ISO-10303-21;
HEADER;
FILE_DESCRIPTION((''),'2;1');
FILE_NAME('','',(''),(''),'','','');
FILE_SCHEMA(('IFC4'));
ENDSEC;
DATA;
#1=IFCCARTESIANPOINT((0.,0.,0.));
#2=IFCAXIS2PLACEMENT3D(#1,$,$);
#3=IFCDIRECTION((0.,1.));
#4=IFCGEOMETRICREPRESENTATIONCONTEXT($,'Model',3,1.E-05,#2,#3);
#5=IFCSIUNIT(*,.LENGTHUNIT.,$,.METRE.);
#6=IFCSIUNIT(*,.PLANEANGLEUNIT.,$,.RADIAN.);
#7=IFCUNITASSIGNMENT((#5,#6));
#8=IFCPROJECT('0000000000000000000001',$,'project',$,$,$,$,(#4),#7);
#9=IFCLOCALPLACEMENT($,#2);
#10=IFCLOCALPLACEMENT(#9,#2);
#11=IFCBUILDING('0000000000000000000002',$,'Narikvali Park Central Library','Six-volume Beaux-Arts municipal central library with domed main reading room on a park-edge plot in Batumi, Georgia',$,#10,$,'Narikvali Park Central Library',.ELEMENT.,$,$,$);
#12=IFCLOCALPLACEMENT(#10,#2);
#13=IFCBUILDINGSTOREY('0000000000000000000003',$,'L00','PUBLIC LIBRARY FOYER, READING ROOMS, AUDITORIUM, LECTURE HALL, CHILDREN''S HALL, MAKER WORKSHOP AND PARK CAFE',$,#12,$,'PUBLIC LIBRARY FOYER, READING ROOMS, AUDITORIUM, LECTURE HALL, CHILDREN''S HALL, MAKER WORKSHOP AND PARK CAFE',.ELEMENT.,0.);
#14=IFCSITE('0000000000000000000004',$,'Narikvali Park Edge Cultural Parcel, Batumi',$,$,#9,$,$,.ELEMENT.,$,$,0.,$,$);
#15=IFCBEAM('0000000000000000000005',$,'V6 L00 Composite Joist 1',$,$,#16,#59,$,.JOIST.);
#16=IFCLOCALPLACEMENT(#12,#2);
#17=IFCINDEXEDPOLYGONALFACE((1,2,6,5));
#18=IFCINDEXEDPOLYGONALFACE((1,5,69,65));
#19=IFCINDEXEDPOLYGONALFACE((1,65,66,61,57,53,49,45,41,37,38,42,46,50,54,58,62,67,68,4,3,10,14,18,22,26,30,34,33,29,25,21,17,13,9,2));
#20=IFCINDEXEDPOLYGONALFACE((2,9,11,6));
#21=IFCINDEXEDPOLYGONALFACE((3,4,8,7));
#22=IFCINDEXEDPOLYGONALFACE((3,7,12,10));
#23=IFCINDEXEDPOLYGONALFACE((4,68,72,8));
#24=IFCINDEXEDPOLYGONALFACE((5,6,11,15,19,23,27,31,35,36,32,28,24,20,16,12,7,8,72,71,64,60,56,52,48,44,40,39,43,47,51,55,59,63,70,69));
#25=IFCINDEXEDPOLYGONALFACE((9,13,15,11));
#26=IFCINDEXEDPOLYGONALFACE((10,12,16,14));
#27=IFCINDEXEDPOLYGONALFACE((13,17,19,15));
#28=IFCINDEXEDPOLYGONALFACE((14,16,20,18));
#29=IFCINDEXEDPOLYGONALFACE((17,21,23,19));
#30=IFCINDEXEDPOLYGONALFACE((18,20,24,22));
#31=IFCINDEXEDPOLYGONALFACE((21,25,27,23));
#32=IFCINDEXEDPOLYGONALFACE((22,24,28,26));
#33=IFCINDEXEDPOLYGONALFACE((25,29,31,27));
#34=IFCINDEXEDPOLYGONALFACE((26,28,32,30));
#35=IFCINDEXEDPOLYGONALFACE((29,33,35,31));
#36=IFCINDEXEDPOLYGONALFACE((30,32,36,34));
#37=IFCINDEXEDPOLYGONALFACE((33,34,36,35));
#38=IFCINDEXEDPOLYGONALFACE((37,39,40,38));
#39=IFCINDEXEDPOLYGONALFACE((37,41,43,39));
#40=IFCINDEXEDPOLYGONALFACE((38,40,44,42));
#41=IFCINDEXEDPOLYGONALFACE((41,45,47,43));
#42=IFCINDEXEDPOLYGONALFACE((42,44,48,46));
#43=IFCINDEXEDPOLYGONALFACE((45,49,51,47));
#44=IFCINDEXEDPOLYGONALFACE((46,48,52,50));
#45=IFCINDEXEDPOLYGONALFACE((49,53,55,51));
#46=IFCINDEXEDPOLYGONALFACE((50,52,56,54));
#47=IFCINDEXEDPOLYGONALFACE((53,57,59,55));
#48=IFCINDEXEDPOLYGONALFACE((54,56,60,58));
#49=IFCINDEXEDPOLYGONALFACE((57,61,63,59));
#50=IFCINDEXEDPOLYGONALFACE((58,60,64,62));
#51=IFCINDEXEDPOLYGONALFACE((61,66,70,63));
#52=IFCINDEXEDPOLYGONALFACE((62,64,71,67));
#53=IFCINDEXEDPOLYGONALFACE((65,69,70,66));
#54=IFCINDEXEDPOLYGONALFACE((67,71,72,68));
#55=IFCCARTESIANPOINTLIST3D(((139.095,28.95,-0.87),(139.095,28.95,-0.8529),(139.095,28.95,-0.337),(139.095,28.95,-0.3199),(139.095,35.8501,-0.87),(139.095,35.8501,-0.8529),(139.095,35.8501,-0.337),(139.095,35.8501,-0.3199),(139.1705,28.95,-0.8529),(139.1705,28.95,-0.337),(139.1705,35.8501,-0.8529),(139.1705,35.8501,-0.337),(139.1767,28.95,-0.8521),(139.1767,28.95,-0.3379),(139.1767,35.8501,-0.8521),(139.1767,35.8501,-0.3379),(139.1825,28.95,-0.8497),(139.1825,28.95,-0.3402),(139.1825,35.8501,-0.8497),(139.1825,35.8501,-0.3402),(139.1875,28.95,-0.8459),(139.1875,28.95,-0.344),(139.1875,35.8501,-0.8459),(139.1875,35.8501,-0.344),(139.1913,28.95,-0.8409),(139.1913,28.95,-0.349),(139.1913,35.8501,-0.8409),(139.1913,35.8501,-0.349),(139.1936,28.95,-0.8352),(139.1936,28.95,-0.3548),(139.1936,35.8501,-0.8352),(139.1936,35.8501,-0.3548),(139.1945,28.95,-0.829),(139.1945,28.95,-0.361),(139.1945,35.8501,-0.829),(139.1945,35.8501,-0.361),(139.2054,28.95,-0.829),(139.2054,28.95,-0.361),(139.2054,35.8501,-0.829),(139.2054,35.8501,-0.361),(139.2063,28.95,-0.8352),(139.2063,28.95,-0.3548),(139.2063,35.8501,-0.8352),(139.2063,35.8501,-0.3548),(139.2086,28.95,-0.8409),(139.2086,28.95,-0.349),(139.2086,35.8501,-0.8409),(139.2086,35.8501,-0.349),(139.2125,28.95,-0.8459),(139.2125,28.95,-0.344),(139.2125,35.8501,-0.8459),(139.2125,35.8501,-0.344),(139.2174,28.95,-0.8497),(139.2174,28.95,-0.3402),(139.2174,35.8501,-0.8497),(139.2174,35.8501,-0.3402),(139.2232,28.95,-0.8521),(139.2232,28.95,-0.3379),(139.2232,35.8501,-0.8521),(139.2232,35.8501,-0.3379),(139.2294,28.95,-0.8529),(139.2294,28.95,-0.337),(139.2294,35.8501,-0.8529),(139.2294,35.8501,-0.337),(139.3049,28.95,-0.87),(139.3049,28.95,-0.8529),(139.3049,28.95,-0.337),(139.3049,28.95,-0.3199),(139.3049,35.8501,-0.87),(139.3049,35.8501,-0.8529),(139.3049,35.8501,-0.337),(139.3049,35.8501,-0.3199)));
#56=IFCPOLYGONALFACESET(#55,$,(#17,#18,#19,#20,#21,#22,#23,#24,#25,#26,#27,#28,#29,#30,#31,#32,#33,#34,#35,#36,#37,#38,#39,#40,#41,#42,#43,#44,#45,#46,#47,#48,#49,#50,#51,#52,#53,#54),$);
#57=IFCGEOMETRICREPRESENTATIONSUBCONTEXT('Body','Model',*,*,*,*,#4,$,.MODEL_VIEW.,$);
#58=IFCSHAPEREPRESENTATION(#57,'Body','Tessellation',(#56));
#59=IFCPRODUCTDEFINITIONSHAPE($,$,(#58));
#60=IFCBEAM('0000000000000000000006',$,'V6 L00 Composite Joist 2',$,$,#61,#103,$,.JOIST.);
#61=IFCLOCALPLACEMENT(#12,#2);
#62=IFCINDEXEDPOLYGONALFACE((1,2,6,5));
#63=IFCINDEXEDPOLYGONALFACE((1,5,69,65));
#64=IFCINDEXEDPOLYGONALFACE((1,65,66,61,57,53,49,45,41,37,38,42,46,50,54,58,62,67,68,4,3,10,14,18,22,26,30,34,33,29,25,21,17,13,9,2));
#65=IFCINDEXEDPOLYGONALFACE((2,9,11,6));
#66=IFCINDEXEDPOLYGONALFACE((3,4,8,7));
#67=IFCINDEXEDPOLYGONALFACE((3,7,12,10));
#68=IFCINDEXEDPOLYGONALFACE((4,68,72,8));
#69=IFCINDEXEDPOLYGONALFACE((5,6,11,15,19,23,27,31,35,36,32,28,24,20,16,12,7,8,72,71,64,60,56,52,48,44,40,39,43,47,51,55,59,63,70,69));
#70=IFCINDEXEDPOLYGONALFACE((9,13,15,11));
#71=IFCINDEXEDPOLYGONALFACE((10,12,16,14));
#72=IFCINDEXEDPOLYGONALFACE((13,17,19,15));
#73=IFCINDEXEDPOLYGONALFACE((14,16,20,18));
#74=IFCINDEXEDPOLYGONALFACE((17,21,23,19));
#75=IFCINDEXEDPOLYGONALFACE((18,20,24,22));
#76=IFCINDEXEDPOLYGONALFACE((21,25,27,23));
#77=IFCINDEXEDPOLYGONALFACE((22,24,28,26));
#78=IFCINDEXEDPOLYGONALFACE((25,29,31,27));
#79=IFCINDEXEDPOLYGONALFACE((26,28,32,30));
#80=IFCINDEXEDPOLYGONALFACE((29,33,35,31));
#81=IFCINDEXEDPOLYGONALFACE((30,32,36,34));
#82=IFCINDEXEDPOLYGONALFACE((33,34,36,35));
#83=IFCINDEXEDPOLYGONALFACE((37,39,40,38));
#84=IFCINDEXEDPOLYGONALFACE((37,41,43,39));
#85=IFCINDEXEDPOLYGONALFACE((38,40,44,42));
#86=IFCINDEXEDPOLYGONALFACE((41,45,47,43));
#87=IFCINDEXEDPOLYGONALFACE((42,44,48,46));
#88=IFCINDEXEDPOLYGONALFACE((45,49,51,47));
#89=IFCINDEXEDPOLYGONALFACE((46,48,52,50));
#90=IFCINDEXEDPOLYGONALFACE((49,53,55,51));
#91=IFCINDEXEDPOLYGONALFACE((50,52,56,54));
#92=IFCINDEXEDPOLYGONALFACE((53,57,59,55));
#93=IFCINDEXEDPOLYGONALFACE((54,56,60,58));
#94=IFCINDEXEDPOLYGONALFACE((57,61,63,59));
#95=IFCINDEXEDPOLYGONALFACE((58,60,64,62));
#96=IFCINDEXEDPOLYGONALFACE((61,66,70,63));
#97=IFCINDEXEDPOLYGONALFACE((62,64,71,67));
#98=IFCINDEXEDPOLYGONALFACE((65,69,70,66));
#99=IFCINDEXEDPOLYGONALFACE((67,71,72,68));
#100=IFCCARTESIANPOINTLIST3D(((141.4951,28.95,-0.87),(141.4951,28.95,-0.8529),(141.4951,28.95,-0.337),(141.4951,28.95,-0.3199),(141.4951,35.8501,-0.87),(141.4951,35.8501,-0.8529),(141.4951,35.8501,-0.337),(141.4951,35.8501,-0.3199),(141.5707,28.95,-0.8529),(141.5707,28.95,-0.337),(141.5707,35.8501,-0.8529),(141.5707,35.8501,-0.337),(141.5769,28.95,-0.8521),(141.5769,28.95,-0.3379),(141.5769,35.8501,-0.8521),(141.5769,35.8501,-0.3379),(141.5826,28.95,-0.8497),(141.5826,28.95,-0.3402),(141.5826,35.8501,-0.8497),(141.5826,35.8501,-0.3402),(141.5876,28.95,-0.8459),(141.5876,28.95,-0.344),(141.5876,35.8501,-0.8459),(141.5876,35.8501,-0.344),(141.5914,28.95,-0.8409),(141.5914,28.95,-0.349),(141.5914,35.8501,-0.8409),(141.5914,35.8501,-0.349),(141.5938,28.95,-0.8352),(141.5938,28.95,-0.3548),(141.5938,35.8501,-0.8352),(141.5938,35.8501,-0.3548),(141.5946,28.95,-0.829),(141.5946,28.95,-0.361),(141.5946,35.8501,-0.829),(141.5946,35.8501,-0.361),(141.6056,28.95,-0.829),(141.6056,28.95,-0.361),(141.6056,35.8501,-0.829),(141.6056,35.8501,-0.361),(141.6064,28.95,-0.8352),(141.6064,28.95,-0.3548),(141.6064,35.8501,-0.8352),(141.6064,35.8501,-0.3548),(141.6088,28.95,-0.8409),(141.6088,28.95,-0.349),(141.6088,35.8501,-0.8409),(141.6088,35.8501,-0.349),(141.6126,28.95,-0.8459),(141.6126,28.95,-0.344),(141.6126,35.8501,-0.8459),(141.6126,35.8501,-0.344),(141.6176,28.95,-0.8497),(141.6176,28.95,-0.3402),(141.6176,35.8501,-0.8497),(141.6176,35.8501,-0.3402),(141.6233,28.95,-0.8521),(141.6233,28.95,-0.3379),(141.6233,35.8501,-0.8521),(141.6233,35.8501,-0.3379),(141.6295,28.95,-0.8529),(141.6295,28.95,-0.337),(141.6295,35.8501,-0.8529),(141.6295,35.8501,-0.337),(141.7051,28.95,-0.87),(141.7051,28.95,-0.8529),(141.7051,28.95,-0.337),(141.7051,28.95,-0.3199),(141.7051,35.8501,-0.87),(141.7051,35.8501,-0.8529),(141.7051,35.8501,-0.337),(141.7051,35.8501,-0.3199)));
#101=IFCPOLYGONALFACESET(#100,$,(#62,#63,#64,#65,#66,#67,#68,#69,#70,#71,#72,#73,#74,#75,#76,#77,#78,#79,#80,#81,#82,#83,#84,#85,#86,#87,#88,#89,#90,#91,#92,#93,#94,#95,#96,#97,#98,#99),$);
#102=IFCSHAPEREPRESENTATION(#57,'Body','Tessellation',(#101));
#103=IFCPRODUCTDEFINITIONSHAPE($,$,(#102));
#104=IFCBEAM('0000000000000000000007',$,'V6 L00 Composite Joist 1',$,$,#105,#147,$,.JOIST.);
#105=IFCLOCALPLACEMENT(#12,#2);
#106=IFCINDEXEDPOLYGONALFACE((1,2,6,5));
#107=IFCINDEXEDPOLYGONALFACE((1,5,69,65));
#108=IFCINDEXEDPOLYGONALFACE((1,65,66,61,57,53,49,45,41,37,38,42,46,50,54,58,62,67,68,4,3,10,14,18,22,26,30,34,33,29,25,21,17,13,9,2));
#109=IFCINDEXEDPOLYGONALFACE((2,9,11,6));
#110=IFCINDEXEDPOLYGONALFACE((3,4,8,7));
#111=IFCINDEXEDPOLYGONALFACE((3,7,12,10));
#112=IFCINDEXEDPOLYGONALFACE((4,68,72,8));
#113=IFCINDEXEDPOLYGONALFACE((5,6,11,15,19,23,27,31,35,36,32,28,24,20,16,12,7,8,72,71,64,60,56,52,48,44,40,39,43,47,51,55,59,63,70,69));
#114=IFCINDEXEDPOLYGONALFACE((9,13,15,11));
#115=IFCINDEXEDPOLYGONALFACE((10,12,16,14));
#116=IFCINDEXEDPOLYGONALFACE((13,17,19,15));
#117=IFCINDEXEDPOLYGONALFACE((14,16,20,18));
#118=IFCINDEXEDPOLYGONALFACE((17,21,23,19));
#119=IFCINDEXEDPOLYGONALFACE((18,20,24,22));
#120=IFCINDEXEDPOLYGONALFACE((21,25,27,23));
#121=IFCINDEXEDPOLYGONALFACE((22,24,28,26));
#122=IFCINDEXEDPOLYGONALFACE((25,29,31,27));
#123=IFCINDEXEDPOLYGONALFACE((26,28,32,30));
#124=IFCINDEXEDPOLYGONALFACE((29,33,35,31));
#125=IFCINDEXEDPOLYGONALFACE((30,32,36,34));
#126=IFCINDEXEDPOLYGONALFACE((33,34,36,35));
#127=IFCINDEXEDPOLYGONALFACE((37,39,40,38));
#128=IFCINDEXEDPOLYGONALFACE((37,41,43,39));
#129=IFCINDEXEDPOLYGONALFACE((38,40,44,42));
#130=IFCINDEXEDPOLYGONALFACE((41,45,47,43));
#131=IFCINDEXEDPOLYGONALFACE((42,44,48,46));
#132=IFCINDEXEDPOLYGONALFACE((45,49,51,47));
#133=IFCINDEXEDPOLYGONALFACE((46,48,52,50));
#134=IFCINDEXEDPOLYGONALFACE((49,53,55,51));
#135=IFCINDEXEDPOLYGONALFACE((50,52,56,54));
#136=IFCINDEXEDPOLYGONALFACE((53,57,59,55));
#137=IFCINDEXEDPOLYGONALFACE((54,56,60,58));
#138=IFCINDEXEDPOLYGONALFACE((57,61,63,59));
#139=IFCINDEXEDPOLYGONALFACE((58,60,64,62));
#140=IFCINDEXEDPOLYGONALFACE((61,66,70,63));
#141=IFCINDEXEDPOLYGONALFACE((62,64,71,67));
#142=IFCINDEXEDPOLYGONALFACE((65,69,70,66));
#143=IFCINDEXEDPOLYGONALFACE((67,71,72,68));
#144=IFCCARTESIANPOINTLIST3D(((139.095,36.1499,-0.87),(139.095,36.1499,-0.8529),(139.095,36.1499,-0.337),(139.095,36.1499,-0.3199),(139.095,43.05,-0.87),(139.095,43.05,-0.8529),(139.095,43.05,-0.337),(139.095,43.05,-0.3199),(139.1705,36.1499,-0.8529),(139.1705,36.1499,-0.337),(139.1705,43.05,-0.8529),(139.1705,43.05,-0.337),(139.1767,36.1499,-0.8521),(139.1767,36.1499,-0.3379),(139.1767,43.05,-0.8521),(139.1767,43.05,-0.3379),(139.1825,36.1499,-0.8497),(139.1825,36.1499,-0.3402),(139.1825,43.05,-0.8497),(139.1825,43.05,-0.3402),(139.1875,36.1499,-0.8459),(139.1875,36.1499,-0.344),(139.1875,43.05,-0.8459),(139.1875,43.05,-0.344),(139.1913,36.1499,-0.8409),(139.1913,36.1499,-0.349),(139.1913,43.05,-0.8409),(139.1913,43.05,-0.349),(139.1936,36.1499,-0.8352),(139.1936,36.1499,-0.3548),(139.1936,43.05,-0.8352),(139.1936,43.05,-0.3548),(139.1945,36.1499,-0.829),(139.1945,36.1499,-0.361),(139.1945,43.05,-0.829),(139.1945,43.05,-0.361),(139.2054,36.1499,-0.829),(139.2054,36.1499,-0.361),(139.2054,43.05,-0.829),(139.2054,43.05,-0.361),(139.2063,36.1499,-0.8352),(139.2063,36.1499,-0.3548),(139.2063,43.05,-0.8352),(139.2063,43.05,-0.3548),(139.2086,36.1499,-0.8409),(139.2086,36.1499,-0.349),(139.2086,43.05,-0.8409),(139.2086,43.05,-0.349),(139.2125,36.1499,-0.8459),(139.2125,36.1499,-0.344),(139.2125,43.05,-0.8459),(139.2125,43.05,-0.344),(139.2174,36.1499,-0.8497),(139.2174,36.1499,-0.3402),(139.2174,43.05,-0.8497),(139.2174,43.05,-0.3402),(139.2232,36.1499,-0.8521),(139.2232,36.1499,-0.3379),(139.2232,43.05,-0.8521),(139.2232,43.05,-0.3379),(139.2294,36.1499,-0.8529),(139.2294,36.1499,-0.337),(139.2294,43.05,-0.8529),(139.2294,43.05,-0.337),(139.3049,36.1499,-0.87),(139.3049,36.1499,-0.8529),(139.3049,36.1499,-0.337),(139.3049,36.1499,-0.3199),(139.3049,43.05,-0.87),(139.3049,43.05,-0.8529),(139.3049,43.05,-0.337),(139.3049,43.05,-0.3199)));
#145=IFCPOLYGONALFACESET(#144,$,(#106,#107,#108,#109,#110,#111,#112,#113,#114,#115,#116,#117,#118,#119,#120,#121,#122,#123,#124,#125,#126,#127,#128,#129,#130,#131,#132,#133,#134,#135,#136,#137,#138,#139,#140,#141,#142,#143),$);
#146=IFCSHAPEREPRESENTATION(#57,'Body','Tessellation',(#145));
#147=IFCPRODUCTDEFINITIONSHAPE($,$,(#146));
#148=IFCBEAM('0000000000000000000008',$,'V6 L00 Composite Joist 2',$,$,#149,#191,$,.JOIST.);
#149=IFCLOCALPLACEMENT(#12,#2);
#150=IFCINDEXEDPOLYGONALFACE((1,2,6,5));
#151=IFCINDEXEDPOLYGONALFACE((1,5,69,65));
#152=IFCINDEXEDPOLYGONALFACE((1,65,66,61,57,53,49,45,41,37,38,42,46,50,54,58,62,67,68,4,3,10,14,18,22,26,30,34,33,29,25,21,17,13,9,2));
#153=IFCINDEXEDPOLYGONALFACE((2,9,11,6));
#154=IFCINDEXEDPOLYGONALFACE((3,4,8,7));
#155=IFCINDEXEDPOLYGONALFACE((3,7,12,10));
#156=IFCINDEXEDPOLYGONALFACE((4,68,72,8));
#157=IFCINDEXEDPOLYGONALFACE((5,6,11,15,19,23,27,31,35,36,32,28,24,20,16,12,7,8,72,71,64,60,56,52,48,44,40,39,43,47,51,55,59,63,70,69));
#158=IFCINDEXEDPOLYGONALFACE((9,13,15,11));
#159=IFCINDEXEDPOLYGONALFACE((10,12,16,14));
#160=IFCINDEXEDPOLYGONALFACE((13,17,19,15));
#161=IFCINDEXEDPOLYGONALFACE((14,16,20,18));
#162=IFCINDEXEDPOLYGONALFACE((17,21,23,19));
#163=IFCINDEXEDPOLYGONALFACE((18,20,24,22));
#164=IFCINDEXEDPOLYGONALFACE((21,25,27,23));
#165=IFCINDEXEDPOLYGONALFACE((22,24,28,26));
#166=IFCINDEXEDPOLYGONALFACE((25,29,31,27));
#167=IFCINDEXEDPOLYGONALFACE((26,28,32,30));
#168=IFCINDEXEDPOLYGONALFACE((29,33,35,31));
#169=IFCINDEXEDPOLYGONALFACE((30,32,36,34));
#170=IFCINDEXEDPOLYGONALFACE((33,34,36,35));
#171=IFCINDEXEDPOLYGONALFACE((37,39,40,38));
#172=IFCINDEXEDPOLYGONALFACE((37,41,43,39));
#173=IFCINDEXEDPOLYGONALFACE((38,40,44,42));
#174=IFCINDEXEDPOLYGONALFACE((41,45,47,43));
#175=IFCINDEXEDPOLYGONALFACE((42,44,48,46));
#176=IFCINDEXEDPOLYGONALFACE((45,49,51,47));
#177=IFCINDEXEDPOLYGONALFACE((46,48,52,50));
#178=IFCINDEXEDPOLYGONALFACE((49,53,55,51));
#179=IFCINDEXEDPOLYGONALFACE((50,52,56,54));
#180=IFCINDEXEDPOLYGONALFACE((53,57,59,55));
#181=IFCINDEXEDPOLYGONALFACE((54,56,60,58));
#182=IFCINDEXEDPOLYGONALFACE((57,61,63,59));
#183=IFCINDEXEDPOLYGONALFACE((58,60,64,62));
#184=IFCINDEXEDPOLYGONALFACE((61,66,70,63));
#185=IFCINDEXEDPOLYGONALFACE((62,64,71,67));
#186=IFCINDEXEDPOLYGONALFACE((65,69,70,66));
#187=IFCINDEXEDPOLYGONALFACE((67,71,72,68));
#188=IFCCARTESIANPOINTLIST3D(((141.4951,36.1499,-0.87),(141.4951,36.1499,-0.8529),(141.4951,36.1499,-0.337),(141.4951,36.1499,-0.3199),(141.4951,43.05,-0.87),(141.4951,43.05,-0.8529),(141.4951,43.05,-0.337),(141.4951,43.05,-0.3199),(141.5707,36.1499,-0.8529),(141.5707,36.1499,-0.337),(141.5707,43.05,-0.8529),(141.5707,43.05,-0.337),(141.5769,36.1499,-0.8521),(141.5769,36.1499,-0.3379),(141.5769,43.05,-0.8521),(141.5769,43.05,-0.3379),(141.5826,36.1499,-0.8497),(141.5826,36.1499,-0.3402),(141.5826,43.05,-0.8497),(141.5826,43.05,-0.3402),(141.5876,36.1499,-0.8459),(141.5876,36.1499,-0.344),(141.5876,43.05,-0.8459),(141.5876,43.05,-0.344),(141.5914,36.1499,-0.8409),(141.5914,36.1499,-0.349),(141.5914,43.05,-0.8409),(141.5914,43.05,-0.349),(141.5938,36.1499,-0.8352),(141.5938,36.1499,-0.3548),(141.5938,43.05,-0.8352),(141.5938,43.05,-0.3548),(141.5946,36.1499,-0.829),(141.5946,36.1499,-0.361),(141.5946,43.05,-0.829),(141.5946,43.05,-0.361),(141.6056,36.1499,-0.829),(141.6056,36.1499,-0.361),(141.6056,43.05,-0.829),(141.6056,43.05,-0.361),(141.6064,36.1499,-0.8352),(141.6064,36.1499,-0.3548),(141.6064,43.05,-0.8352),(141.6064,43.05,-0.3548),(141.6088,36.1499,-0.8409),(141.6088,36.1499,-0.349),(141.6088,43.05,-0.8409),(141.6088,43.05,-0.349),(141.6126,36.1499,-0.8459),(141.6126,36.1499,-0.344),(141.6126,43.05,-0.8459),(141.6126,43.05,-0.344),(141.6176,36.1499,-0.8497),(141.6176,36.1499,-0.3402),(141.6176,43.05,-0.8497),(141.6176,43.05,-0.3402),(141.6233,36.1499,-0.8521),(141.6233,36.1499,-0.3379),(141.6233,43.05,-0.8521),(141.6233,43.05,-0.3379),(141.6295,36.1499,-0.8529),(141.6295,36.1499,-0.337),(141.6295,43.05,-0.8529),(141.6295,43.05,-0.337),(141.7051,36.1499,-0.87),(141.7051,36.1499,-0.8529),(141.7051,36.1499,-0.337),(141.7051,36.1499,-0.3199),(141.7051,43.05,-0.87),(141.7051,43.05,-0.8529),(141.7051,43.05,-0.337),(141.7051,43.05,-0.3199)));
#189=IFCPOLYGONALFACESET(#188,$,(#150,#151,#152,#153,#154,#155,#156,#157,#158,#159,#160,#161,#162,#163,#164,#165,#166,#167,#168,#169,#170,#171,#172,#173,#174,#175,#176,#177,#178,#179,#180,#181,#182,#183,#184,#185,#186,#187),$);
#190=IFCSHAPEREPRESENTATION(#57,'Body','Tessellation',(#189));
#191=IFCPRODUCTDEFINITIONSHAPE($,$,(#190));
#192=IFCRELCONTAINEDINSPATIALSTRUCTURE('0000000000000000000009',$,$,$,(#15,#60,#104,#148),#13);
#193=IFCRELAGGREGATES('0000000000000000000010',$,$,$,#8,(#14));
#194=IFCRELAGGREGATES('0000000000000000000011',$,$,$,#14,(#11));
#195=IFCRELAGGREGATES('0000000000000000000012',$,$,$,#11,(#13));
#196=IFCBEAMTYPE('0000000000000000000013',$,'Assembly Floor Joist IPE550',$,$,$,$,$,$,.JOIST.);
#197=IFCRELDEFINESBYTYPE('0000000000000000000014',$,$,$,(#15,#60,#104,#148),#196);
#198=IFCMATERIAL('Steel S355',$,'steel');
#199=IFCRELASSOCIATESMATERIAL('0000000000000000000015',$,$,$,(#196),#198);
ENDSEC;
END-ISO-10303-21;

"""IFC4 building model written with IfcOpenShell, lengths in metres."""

from ifc_helpers import new_model, si_unit, direction, frame, origin, origin_2d, place, context, subcontext, project, spatial, i_section, extrude, material, material_profile, profile_set, type_object, element, save


model = new_model("IFC4")

# Units and contexts
model_context = context("Model", 3, precision=1e-05, world=origin(), true_north=direction((0.0, 1.0)))
body_context = subcontext(model_context, "Body", "Model", "MODEL_VIEW")
ifc_project = project(units=[si_unit("LENGTHUNIT", "METRE"), si_unit("PLANEANGLEUNIT", "RADIAN")], contexts=[model_context])

# Site, building, storey
site_placement = place(None, origin())
site = spatial("IfcSite", under=ifc_project, at=site_placement, Name="Narikvali Park Edge Cultural Parcel, Batumi", CompositionType="ELEMENT", RefElevation=0.0)
building_placement = place(site_placement, origin())
building = spatial("IfcBuilding", under=site, at=building_placement, Name="Narikvali Park Central Library", Description="Six-volume Beaux-Arts municipal central library with domed main reading room on a park-edge plot in Batumi, Georgia", LongName="Narikvali Park Central Library", CompositionType="ELEMENT")
storey_placement = place(building_placement, origin())
storey = spatial("IfcBuildingStorey", under=building, at=storey_placement, Name="L00", Description="PUBLIC LIBRARY FOYER, READING ROOMS, AUDITORIUM, LECTURE HALL, CHILDREN'S HALL, MAKER WORKSHOP AND PARK CAFE", LongName="PUBLIC LIBRARY FOYER, READING ROOMS, AUDITORIUM, LECTURE HALL, CHILDREN'S HALL, MAKER WORKSHOP AND PARK CAFE", CompositionType="ELEMENT", Elevation=0.0)

# Shared definitions
ifc_material_1 = material(Name="Steel S355", Category="steel")

# Beams
ifc_material_profile_1 = material_profile(ifc_material_1, i_section(OverallWidth=0.21, OverallDepth=0.55, WebThickness=0.011, FlangeThickness=0.0171, FilletRadius=0.0239, at=origin_2d()), Name="IPE 550")
ifc_profile_set_1 = profile_set([ifc_material_profile_1], Name="Steel S355")
beam_type_1 = type_object("IfcBeamType", Name="Assembly Floor Joist IPE550", PredefinedType="JOIST", material=ifc_profile_set_1)
for number, where, z_axis, x_axis, name in (
    (1, (139.2, 28.95, -0.595), (0.0, 1.0, 0.0), (-1.0, 0.0, 0.0), "V6 L00 Composite Joist 1"),
    (2, (141.6001, 28.95, -0.595), (0.0, 1.0, 0.0), (-1.0, 0.0, 0.0), "V6 L00 Composite Joist 2"),
    (3, (139.2, 36.1499, -0.595), (0.0, 1.0, 0.0), (-1.0, 0.0, 0.0), "V6 L00 Composite Joist 1"),
    (4, (141.6001, 36.1499, -0.595), (0.0, 1.0, 0.0), (-1.0, 0.0, 0.0), "V6 L00 Composite Joist 2"),
):
    element("IfcBeam", number, at=place(storey_placement, frame(where, z_axis=z_axis, x_axis=x_axis)), inside=storey, type_object=beam_type_1, Name=name, PredefinedType="JOIST", context=body_context, shape_type="SweptSolid", body=[
        extrude(i_section(OverallWidth=0.21, OverallDepth=0.55, WebThickness=0.011, FlangeThickness=0.0171, FilletRadius=0.0239, at=origin_2d()), origin(), (0.0, 0.0, 1.0), 6.9001),
    ])

save(model, "model.ifc")
